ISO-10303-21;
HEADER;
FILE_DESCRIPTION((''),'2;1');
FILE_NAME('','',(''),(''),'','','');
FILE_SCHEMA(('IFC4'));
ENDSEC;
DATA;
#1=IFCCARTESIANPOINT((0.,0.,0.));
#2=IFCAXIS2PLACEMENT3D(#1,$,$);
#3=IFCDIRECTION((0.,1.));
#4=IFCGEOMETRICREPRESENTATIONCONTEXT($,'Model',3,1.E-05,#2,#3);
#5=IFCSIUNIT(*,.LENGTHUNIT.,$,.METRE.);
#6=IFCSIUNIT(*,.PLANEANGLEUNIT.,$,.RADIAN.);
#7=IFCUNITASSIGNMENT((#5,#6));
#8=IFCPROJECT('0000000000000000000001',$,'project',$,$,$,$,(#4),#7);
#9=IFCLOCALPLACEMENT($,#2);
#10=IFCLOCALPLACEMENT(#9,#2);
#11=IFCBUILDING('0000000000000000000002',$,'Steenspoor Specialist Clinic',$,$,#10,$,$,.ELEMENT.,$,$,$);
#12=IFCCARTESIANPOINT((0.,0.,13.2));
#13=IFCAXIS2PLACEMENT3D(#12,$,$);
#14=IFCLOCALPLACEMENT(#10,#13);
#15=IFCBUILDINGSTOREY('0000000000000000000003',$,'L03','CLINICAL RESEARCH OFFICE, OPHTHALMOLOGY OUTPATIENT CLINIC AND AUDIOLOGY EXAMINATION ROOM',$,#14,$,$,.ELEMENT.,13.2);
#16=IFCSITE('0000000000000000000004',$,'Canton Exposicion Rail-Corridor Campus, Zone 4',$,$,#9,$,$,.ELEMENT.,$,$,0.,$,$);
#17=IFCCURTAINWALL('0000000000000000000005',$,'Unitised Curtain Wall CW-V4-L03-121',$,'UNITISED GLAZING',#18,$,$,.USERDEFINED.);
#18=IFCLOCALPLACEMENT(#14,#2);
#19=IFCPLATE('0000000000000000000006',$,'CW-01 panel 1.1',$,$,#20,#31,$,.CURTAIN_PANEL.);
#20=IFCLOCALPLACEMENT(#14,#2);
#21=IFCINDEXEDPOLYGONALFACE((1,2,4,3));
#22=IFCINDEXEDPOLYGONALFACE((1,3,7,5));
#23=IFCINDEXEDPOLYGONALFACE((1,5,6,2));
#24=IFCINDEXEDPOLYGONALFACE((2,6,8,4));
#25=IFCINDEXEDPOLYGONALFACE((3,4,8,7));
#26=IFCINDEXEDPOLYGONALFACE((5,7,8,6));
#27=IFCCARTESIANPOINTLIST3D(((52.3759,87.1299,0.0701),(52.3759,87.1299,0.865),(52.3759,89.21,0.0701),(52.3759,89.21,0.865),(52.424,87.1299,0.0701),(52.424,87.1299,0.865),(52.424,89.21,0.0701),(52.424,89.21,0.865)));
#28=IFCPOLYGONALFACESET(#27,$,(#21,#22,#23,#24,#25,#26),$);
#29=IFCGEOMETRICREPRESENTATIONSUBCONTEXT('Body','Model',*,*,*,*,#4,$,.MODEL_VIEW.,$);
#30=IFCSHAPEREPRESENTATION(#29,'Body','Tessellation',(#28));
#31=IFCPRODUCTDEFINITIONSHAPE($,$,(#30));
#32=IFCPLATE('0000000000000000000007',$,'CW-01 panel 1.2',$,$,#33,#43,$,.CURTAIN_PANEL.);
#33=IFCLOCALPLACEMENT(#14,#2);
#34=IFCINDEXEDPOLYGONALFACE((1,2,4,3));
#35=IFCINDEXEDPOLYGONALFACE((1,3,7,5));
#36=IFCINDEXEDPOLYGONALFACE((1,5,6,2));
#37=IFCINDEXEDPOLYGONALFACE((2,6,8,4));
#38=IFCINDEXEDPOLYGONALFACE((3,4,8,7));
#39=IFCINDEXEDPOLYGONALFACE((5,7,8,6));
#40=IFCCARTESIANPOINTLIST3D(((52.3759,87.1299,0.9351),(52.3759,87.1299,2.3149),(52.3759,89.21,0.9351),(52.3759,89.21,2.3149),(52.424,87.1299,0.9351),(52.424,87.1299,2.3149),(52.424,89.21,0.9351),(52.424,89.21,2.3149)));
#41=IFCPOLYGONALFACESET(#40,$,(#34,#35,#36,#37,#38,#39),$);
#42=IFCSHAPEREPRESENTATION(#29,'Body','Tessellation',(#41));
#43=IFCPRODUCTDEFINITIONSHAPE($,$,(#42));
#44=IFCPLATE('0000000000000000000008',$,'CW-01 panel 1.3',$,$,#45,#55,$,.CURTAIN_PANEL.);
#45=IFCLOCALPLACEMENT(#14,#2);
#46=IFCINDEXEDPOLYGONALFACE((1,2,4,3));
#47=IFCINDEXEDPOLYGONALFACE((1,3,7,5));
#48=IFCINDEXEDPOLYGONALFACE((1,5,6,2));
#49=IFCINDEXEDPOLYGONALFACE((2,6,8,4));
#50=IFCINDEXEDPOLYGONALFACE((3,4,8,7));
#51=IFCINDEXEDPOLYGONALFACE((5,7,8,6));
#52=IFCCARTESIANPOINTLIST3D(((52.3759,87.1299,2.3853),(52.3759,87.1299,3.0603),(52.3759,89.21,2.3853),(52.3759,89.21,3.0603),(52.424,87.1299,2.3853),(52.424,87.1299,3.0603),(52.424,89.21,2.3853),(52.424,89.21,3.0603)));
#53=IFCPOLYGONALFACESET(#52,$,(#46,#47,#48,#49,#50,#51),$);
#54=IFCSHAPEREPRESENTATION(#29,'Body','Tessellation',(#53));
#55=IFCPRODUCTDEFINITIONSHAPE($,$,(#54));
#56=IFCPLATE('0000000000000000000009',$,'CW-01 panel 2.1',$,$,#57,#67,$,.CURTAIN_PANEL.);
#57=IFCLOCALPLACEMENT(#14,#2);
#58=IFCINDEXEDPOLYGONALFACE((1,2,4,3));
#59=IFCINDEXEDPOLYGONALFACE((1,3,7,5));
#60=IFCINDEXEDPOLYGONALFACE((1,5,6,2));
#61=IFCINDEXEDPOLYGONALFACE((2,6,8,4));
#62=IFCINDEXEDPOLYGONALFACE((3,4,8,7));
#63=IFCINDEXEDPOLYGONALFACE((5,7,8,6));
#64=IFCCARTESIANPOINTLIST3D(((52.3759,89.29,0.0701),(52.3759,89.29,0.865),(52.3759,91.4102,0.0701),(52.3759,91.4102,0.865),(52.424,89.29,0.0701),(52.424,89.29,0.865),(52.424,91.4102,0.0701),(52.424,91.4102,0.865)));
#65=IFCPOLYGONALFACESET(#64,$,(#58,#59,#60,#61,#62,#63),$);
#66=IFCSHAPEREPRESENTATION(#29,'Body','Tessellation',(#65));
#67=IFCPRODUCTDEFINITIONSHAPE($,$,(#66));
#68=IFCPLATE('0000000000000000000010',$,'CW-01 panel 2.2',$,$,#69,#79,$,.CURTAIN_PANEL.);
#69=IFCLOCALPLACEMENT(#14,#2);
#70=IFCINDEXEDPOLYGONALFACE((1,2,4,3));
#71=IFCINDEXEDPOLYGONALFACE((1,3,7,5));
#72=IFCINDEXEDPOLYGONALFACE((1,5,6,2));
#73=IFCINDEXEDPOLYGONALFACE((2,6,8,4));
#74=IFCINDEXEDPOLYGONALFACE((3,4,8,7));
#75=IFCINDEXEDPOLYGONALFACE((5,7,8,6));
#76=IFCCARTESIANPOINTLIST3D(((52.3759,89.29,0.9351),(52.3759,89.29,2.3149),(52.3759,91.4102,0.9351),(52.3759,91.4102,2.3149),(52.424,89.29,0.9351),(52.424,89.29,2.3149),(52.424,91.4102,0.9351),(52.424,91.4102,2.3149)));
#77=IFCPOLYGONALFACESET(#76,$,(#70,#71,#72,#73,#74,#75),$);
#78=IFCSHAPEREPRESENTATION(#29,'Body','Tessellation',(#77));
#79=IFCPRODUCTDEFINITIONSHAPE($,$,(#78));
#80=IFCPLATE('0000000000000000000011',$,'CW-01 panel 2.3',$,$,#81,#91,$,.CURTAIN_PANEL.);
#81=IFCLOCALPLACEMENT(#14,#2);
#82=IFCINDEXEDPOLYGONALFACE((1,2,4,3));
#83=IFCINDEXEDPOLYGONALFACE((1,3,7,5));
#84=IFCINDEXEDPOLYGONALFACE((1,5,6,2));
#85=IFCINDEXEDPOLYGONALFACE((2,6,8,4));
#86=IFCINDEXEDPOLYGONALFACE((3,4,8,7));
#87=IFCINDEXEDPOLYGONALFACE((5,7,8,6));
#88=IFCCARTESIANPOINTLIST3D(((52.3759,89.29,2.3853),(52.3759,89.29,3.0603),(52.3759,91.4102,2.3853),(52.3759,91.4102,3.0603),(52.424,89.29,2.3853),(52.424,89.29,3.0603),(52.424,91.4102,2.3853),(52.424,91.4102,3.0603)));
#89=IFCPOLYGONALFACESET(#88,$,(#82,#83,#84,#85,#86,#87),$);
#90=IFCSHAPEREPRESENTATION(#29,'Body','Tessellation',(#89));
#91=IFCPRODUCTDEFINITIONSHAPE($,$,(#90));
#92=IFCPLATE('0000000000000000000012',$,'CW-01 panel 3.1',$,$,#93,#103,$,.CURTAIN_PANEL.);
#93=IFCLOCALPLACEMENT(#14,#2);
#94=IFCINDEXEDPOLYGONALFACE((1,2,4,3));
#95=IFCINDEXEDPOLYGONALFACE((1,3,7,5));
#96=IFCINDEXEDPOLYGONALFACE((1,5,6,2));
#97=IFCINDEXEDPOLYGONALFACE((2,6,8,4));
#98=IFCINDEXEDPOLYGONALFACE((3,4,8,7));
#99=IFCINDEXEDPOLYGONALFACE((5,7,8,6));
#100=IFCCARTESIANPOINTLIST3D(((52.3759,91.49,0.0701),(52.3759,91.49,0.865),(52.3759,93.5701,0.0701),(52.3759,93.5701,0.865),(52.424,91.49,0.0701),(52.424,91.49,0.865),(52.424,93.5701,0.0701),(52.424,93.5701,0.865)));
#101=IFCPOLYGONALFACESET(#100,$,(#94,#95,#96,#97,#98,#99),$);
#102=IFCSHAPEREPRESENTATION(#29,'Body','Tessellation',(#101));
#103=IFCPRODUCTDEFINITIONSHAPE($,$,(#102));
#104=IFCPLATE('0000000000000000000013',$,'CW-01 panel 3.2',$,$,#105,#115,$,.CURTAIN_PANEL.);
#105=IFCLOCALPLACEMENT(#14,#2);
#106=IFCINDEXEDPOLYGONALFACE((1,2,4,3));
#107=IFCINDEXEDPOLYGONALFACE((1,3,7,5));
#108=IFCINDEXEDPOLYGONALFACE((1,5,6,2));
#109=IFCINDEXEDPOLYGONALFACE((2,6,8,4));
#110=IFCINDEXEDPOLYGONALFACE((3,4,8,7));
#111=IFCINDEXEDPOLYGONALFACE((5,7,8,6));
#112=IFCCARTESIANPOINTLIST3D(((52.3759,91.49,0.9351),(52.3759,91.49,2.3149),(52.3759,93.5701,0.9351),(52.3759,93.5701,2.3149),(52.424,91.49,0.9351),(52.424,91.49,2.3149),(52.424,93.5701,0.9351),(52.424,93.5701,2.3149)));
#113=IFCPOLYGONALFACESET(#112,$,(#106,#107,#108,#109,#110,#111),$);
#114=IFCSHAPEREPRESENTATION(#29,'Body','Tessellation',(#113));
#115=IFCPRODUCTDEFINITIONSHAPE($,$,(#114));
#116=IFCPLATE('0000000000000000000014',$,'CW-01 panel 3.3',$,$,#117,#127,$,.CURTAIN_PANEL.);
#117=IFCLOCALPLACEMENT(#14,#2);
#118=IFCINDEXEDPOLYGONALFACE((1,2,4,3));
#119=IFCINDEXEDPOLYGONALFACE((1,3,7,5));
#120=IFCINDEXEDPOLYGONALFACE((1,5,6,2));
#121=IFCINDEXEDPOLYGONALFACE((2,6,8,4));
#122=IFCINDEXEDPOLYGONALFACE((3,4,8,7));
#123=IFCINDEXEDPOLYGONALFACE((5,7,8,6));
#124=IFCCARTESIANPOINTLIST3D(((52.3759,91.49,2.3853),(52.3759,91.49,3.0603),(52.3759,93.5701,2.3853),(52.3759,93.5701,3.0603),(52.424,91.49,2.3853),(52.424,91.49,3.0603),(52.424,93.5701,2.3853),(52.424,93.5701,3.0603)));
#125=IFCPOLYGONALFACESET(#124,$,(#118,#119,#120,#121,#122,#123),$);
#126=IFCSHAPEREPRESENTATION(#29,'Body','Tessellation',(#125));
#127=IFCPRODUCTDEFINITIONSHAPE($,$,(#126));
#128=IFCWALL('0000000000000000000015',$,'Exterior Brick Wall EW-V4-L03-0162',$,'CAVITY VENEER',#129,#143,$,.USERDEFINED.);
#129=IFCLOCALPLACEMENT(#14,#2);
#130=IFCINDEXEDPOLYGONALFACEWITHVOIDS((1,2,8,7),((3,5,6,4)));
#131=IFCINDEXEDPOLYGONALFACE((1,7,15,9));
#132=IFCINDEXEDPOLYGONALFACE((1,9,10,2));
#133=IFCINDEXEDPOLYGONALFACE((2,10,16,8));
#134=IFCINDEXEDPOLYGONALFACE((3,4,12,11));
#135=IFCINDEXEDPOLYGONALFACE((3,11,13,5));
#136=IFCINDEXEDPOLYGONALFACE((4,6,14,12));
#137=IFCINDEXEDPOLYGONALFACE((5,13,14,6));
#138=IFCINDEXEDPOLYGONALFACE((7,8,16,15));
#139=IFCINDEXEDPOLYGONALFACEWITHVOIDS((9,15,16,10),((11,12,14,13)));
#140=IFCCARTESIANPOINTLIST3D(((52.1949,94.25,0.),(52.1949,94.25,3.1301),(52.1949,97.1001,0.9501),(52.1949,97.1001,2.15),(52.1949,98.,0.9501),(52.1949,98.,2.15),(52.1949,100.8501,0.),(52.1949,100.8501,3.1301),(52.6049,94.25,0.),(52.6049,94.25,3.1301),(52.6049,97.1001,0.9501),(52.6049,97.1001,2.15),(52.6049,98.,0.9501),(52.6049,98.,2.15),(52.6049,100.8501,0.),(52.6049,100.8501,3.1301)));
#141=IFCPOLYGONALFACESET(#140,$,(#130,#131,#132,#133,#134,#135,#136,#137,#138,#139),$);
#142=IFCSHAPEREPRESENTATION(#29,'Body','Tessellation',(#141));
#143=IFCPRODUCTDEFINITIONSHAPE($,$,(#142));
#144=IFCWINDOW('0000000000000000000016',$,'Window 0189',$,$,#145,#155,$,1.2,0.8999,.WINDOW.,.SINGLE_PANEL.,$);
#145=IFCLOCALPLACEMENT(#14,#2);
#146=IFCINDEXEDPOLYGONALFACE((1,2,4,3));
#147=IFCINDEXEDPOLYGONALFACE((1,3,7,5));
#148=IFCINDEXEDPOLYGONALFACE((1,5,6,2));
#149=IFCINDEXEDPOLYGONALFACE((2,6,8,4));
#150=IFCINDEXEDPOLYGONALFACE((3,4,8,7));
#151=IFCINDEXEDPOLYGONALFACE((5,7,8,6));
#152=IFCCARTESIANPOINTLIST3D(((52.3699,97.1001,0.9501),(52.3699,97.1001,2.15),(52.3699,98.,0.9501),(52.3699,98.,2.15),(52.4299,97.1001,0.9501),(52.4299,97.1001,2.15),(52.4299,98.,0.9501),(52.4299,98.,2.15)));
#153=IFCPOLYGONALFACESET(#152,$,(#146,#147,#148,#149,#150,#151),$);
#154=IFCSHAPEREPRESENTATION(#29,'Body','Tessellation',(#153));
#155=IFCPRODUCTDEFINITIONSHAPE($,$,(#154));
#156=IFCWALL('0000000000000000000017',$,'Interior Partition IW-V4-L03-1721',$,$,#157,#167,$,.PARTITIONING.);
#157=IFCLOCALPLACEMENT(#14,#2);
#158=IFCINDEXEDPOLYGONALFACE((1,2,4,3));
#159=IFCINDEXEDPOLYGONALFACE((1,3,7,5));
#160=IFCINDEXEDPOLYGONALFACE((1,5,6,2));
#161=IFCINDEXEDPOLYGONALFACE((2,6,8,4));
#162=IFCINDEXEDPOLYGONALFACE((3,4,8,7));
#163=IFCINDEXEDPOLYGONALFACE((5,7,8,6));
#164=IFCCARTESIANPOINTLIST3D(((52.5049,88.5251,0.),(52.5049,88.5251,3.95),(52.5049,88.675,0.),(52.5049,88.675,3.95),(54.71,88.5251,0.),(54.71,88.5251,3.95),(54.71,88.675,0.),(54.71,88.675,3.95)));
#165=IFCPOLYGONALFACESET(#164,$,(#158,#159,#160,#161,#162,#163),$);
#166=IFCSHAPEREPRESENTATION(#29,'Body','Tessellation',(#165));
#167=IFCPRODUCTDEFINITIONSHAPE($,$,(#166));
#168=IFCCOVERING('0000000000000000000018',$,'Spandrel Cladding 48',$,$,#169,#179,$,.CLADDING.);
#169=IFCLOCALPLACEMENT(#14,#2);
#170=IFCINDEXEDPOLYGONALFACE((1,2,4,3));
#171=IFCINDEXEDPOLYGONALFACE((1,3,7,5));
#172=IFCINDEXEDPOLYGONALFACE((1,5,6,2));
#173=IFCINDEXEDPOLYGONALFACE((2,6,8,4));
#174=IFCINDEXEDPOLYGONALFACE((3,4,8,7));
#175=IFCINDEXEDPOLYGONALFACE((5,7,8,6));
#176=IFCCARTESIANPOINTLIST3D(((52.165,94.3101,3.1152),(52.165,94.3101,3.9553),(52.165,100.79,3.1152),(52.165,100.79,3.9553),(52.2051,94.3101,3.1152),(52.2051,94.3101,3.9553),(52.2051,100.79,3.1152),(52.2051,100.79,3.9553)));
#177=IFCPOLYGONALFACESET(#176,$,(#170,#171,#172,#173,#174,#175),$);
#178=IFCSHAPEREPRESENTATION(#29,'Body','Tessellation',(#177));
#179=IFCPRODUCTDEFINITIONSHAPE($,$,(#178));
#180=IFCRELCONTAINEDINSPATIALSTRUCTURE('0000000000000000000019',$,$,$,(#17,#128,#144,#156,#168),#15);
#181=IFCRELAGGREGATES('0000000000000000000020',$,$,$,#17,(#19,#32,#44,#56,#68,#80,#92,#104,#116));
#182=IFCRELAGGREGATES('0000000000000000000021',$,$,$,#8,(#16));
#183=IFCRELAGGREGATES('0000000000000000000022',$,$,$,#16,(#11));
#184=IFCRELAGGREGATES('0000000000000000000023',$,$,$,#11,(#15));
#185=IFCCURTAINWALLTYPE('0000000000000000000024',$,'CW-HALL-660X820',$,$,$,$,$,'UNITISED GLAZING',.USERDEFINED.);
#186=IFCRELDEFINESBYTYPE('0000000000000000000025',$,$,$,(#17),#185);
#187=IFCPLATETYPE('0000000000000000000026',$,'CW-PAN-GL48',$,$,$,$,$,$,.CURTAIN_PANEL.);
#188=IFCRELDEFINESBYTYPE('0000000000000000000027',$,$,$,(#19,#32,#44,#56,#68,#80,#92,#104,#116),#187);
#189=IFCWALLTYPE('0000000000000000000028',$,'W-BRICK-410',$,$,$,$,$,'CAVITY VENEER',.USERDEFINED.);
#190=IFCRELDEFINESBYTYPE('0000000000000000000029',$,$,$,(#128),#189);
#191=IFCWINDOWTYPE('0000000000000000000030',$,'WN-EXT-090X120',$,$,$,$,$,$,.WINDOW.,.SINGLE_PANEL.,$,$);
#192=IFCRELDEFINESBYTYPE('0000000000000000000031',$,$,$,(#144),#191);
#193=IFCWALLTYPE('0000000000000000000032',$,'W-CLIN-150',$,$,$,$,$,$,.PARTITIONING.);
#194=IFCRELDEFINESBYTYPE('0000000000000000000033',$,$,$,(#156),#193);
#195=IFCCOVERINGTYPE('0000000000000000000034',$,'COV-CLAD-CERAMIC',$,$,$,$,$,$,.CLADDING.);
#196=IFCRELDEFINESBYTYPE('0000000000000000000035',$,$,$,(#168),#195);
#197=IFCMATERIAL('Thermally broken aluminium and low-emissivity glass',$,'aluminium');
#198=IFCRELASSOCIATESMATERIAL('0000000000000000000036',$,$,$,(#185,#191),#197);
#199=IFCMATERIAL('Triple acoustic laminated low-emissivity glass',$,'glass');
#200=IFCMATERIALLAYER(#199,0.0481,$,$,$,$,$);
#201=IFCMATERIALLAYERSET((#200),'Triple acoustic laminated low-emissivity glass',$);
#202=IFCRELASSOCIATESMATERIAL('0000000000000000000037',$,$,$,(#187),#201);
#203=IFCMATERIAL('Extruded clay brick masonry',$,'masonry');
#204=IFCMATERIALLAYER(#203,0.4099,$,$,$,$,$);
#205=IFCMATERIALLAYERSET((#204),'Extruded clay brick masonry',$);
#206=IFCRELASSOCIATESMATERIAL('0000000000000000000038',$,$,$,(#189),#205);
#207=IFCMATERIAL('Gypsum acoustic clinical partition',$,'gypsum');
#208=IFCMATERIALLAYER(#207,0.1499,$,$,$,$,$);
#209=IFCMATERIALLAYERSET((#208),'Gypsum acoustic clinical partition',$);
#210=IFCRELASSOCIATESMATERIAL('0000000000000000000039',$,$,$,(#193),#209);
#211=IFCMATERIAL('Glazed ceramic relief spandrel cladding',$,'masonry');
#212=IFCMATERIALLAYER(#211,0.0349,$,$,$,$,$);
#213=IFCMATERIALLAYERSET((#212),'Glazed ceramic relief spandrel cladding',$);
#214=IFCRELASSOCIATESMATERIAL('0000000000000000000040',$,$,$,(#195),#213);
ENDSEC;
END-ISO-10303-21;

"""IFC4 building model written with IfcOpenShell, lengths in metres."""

from ifc_helpers import new_model, si_unit, direction, frame, frame_2d, origin, origin_2d, place, context, subcontext, project, spatial, rectangle, extrude, material, layer, layer_set, type_object, element, fill, aggregate, save


model = new_model("IFC4")

# Units and contexts
model_context = context("Model", 3, precision=1e-05, world=origin(), true_north=direction((0.0, 1.0)))
body_context = subcontext(model_context, "Body", "Model", "MODEL_VIEW")
ifc_project = project(units=[si_unit("LENGTHUNIT", "METRE"), si_unit("PLANEANGLEUNIT", "RADIAN")], contexts=[model_context])

# Site, building, storey
site_placement = place(None, origin())
site = spatial("IfcSite", under=ifc_project, at=site_placement, Name="Canton Exposicion Rail-Corridor Campus, Zone 4", CompositionType="ELEMENT", RefElevation=0.0)
building_placement = place(site_placement, origin())
building = spatial("IfcBuilding", under=site, at=building_placement, Name="Steenspoor Specialist Clinic", CompositionType="ELEMENT")
storey_placement = place(building_placement, frame((0.0, 0.0, 13.2)))
storey = spatial("IfcBuildingStorey", under=building, at=storey_placement, Name="L03", Description="CLINICAL RESEARCH OFFICE, OPHTHALMOLOGY OUTPATIENT CLINIC AND AUDIOLOGY EXAMINATION ROOM", CompositionType="ELEMENT", Elevation=13.2)

# Curtain wall, plates
ifc_material_1 = material(Name="Thermally broken aluminium and low-emissivity glass", Category="aluminium")
curtain_wall_type = type_object("IfcCurtainWallType", Name="CW-HALL-660X820", ElementType="UNITISED GLAZING", PredefinedType="USERDEFINED", material=ifc_material_1)
curtain_wall_placement = place(storey_placement, origin())
curtain_wall = element("IfcCurtainWall", 1, at=curtain_wall_placement, inside=storey, type_object=curtain_wall_type, Name="Unitised Curtain Wall CW-V4-L03-121", ObjectType="UNITISED GLAZING", PredefinedType="USERDEFINED")
ifc_material_2 = material(Name="Triple acoustic laminated low-emissivity glass", Category="glass")
ifc_layer_1 = layer(ifc_material_2, 0.0481)
ifc_layer_set_1 = layer_set([ifc_layer_1], Name="Triple acoustic laminated low-emissivity glass")
plate_type = type_object("IfcPlateType", Name="CW-PAN-GL48", PredefinedType="CURTAIN_PANEL", material=ifc_layer_set_1)
plate_1_placement = place(storey_placement, frame((52.3999, 88.1699, 0.0701), z_axis=(0.0, 0.0, 1.0), x_axis=(0.0, 1.0, 0.0)))
plate_1 = element("IfcPlate", 2, at=plate_1_placement, type_object=plate_type, Name="CW-01 panel 1.1", PredefinedType="CURTAIN_PANEL", context=body_context, shape_type="SweptSolid", body=[
    extrude(rectangle(XDim=2.0801, YDim=0.0481, at=origin_2d()), origin(), (0.0, 0.0, 1.0), 0.7949),
])
plate_2_placement = place(storey_placement, frame((52.3999, 88.1699, 0.9351), z_axis=(0.0, 0.0, 1.0), x_axis=(0.0, 1.0, 0.0)))
plate_2 = element("IfcPlate", 3, at=plate_2_placement, type_object=plate_type, Name="CW-01 panel 1.2", PredefinedType="CURTAIN_PANEL", context=body_context, shape_type="SweptSolid", body=[
    extrude(rectangle(XDim=2.0801, YDim=0.0481, at=origin_2d()), origin(), (0.0, 0.0, 1.0), 1.3799),
])
plate_3_placement = place(storey_placement, frame((52.3999, 88.1699, 2.3853), z_axis=(0.0, 0.0, 1.0), x_axis=(0.0, 1.0, 0.0)))
plate_3 = element("IfcPlate", 4, at=plate_3_placement, type_object=plate_type, Name="CW-01 panel 1.3", PredefinedType="CURTAIN_PANEL", context=body_context, shape_type="SweptSolid", body=[
    extrude(rectangle(XDim=2.0801, YDim=0.0481, at=origin_2d()), origin(), (0.0, 0.0, 1.0), 0.675),
])
plate_4_placement = place(storey_placement, frame((52.3999, 90.3501, 0.0701), z_axis=(0.0, 0.0, 1.0), x_axis=(0.0, 1.0, 0.0)))
plate_4 = element("IfcPlate", 5, at=plate_4_placement, type_object=plate_type, Name="CW-01 panel 2.1", PredefinedType="CURTAIN_PANEL", context=body_context, shape_type="SweptSolid", body=[
    extrude(rectangle(XDim=2.1201, YDim=0.0481, at=origin_2d()), origin(), (0.0, 0.0, 1.0), 0.7949),
])
plate_5_placement = place(storey_placement, frame((52.3999, 90.3501, 0.9351), z_axis=(0.0, 0.0, 1.0), x_axis=(0.0, 1.0, 0.0)))
plate_5 = element("IfcPlate", 6, at=plate_5_placement, type_object=plate_type, Name="CW-01 panel 2.2", PredefinedType="CURTAIN_PANEL", context=body_context, shape_type="SweptSolid", body=[
    extrude(rectangle(XDim=2.1201, YDim=0.0481, at=origin_2d()), origin(), (0.0, 0.0, 1.0), 1.3799),
])
plate_6_placement = place(storey_placement, frame((52.3999, 90.3501, 2.3853), z_axis=(0.0, 0.0, 1.0), x_axis=(0.0, 1.0, 0.0)))
plate_6 = element("IfcPlate", 7, at=plate_6_placement, type_object=plate_type, Name="CW-01 panel 2.3", PredefinedType="CURTAIN_PANEL", context=body_context, shape_type="SweptSolid", body=[
    extrude(rectangle(XDim=2.1201, YDim=0.0481, at=origin_2d()), origin(), (0.0, 0.0, 1.0), 0.675),
])
plate_7_placement = place(storey_placement, frame((52.3999, 92.53, 0.0701), z_axis=(0.0, 0.0, 1.0), x_axis=(0.0, 1.0, 0.0)))
plate_7 = element("IfcPlate", 8, at=plate_7_placement, type_object=plate_type, Name="CW-01 panel 3.1", PredefinedType="CURTAIN_PANEL", context=body_context, shape_type="SweptSolid", body=[
    extrude(rectangle(XDim=2.0801, YDim=0.0481, at=origin_2d()), origin(), (0.0, 0.0, 1.0), 0.7949),
])
plate_8_placement = place(storey_placement, frame((52.3999, 92.53, 0.9351), z_axis=(0.0, 0.0, 1.0), x_axis=(0.0, 1.0, 0.0)))
plate_8 = element("IfcPlate", 9, at=plate_8_placement, type_object=plate_type, Name="CW-01 panel 3.2", PredefinedType="CURTAIN_PANEL", context=body_context, shape_type="SweptSolid", body=[
    extrude(rectangle(XDim=2.0801, YDim=0.0481, at=origin_2d()), origin(), (0.0, 0.0, 1.0), 1.3799),
])
plate_9_placement = place(storey_placement, frame((52.3999, 92.53, 2.3853), z_axis=(0.0, 0.0, 1.0), x_axis=(0.0, 1.0, 0.0)))
plate_9 = element("IfcPlate", 10, at=plate_9_placement, type_object=plate_type, Name="CW-01 panel 3.3", PredefinedType="CURTAIN_PANEL", context=body_context, shape_type="SweptSolid", body=[
    extrude(rectangle(XDim=2.0801, YDim=0.0481, at=origin_2d()), origin(), (0.0, 0.0, 1.0), 0.675),
])
aggregate(curtain_wall, [plate_1, plate_2, plate_3, plate_4, plate_5, plate_6, plate_7, plate_8, plate_9])

# Wall, opening, window
ifc_material_3 = material(Name="Extruded clay brick masonry", Category="masonry")
ifc_layer_2 = layer(ifc_material_3, 0.4099)
ifc_layer_set_2 = layer_set([ifc_layer_2], Name="Extruded clay brick masonry")
wall_type_1 = type_object("IfcWallType", Name="W-BRICK-410", ElementType="CAVITY VENEER", PredefinedType="USERDEFINED", material=ifc_layer_set_2)
wall_1_placement = place(storey_placement, frame((52.3999, 94.25, 0.0), z_axis=(0.0, 0.0, 1.0), x_axis=(0.0, 1.0, 0.0)))
wall_1 = element("IfcWall", 11, at=wall_1_placement, inside=storey, type_object=wall_type_1, Name="Exterior Brick Wall EW-V4-L03-0162", ObjectType="CAVITY VENEER", PredefinedType="USERDEFINED", context=body_context, shape_type="SweptSolid", body=[
    extrude(rectangle(XDim=6.6001, YDim=0.4099, at=frame_2d((3.3, 0.0))), origin(), (0.0, 0.0, 1.0), 3.1301),
])
opening_placement = place(wall_1_placement, frame((2.8501, 0.0, 0.95)))
opening = element("IfcOpeningElement", 12, at=opening_placement, cuts=wall_1, PredefinedType="OPENING", context=body_context, shape_type="SweptSolid", body=[
    extrude(rectangle(XDim=0.8999, YDim=1.2, at=frame_2d((0.45, 0.6001))), frame((0.0, 0.2148, 0.0), z_axis=(0.0, -1.0, 0.0), x_axis=(1.0, 0.0, 0.0)), (0.0, 0.0, 1.0), 0.4299),
])
window_type = type_object("IfcWindowType", Name="WN-EXT-090X120", PartitioningType="SINGLE_PANEL", PredefinedType="WINDOW", material=ifc_material_1)
window_placement = place(opening_placement, origin())
window = element("IfcWindow", 13, at=window_placement, inside=storey, type_object=window_type, Name="Window 0189", OverallHeight=1.2, OverallWidth=0.8999, PartitioningType="SINGLE_PANEL", PredefinedType="WINDOW", context=body_context, shape_type="SweptSolid", body=[
    extrude(rectangle(XDim=0.8999, YDim=1.2, at=frame_2d((0.45, 0.6001))), frame((0.0, 0.03, 0.0), z_axis=(0.0, -1.0, 0.0), x_axis=(1.0, 0.0, 0.0)), (0.0, 0.0, 1.0), 0.0601),
])
fill(opening, window)

# Wall
ifc_material_4 = material(Name="Gypsum acoustic clinical partition", Category="gypsum")
ifc_layer_3 = layer(ifc_material_4, 0.1499)
ifc_layer_set_3 = layer_set([ifc_layer_3], Name="Gypsum acoustic clinical partition")
wall_type_2 = type_object("IfcWallType", Name="W-CLIN-150", PredefinedType="PARTITIONING", material=ifc_layer_set_3)
wall_2_placement = place(storey_placement, frame((52.5049, 88.6001, 0.0), z_axis=(0.0, 0.0, 1.0), x_axis=(1.0, 0.0, 0.0)))
element("IfcWall", 14, at=wall_2_placement, inside=storey, type_object=wall_type_2, Name="Interior Partition IW-V4-L03-1721", PredefinedType="PARTITIONING", context=body_context, shape_type="SweptSolid", body=[
    extrude(rectangle(XDim=2.2051, YDim=0.1499, at=frame_2d((1.1025, 0.0))), origin(), (0.0, 0.0, 1.0), 3.95),
])

# Covering
ifc_material_5 = material(Name="Glazed ceramic relief spandrel cladding", Category="masonry")
ifc_layer_4 = layer(ifc_material_5, 0.0349)
ifc_layer_set_4 = layer_set([ifc_layer_4], Name="Glazed ceramic relief spandrel cladding")
covering_type = type_object("IfcCoveringType", Name="COV-CLAD-CERAMIC", PredefinedType="CLADDING", material=ifc_layer_set_4)
covering_placement = place(storey_placement, frame((52.1851, 97.55, 3.1152), z_axis=(0.0, 0.0, 1.0), x_axis=(0.0, 1.0, 0.0)))
element("IfcCovering", 15, at=covering_placement, inside=storey, type_object=covering_type, Name="Spandrel Cladding 48", PredefinedType="CLADDING", context=body_context, shape_type="SweptSolid", body=[
    extrude(rectangle(XDim=6.48, YDim=0.04, at=origin_2d()), origin(), (0.0, 0.0, 1.0), 0.8401),
])

save(model, "model.ifc")
